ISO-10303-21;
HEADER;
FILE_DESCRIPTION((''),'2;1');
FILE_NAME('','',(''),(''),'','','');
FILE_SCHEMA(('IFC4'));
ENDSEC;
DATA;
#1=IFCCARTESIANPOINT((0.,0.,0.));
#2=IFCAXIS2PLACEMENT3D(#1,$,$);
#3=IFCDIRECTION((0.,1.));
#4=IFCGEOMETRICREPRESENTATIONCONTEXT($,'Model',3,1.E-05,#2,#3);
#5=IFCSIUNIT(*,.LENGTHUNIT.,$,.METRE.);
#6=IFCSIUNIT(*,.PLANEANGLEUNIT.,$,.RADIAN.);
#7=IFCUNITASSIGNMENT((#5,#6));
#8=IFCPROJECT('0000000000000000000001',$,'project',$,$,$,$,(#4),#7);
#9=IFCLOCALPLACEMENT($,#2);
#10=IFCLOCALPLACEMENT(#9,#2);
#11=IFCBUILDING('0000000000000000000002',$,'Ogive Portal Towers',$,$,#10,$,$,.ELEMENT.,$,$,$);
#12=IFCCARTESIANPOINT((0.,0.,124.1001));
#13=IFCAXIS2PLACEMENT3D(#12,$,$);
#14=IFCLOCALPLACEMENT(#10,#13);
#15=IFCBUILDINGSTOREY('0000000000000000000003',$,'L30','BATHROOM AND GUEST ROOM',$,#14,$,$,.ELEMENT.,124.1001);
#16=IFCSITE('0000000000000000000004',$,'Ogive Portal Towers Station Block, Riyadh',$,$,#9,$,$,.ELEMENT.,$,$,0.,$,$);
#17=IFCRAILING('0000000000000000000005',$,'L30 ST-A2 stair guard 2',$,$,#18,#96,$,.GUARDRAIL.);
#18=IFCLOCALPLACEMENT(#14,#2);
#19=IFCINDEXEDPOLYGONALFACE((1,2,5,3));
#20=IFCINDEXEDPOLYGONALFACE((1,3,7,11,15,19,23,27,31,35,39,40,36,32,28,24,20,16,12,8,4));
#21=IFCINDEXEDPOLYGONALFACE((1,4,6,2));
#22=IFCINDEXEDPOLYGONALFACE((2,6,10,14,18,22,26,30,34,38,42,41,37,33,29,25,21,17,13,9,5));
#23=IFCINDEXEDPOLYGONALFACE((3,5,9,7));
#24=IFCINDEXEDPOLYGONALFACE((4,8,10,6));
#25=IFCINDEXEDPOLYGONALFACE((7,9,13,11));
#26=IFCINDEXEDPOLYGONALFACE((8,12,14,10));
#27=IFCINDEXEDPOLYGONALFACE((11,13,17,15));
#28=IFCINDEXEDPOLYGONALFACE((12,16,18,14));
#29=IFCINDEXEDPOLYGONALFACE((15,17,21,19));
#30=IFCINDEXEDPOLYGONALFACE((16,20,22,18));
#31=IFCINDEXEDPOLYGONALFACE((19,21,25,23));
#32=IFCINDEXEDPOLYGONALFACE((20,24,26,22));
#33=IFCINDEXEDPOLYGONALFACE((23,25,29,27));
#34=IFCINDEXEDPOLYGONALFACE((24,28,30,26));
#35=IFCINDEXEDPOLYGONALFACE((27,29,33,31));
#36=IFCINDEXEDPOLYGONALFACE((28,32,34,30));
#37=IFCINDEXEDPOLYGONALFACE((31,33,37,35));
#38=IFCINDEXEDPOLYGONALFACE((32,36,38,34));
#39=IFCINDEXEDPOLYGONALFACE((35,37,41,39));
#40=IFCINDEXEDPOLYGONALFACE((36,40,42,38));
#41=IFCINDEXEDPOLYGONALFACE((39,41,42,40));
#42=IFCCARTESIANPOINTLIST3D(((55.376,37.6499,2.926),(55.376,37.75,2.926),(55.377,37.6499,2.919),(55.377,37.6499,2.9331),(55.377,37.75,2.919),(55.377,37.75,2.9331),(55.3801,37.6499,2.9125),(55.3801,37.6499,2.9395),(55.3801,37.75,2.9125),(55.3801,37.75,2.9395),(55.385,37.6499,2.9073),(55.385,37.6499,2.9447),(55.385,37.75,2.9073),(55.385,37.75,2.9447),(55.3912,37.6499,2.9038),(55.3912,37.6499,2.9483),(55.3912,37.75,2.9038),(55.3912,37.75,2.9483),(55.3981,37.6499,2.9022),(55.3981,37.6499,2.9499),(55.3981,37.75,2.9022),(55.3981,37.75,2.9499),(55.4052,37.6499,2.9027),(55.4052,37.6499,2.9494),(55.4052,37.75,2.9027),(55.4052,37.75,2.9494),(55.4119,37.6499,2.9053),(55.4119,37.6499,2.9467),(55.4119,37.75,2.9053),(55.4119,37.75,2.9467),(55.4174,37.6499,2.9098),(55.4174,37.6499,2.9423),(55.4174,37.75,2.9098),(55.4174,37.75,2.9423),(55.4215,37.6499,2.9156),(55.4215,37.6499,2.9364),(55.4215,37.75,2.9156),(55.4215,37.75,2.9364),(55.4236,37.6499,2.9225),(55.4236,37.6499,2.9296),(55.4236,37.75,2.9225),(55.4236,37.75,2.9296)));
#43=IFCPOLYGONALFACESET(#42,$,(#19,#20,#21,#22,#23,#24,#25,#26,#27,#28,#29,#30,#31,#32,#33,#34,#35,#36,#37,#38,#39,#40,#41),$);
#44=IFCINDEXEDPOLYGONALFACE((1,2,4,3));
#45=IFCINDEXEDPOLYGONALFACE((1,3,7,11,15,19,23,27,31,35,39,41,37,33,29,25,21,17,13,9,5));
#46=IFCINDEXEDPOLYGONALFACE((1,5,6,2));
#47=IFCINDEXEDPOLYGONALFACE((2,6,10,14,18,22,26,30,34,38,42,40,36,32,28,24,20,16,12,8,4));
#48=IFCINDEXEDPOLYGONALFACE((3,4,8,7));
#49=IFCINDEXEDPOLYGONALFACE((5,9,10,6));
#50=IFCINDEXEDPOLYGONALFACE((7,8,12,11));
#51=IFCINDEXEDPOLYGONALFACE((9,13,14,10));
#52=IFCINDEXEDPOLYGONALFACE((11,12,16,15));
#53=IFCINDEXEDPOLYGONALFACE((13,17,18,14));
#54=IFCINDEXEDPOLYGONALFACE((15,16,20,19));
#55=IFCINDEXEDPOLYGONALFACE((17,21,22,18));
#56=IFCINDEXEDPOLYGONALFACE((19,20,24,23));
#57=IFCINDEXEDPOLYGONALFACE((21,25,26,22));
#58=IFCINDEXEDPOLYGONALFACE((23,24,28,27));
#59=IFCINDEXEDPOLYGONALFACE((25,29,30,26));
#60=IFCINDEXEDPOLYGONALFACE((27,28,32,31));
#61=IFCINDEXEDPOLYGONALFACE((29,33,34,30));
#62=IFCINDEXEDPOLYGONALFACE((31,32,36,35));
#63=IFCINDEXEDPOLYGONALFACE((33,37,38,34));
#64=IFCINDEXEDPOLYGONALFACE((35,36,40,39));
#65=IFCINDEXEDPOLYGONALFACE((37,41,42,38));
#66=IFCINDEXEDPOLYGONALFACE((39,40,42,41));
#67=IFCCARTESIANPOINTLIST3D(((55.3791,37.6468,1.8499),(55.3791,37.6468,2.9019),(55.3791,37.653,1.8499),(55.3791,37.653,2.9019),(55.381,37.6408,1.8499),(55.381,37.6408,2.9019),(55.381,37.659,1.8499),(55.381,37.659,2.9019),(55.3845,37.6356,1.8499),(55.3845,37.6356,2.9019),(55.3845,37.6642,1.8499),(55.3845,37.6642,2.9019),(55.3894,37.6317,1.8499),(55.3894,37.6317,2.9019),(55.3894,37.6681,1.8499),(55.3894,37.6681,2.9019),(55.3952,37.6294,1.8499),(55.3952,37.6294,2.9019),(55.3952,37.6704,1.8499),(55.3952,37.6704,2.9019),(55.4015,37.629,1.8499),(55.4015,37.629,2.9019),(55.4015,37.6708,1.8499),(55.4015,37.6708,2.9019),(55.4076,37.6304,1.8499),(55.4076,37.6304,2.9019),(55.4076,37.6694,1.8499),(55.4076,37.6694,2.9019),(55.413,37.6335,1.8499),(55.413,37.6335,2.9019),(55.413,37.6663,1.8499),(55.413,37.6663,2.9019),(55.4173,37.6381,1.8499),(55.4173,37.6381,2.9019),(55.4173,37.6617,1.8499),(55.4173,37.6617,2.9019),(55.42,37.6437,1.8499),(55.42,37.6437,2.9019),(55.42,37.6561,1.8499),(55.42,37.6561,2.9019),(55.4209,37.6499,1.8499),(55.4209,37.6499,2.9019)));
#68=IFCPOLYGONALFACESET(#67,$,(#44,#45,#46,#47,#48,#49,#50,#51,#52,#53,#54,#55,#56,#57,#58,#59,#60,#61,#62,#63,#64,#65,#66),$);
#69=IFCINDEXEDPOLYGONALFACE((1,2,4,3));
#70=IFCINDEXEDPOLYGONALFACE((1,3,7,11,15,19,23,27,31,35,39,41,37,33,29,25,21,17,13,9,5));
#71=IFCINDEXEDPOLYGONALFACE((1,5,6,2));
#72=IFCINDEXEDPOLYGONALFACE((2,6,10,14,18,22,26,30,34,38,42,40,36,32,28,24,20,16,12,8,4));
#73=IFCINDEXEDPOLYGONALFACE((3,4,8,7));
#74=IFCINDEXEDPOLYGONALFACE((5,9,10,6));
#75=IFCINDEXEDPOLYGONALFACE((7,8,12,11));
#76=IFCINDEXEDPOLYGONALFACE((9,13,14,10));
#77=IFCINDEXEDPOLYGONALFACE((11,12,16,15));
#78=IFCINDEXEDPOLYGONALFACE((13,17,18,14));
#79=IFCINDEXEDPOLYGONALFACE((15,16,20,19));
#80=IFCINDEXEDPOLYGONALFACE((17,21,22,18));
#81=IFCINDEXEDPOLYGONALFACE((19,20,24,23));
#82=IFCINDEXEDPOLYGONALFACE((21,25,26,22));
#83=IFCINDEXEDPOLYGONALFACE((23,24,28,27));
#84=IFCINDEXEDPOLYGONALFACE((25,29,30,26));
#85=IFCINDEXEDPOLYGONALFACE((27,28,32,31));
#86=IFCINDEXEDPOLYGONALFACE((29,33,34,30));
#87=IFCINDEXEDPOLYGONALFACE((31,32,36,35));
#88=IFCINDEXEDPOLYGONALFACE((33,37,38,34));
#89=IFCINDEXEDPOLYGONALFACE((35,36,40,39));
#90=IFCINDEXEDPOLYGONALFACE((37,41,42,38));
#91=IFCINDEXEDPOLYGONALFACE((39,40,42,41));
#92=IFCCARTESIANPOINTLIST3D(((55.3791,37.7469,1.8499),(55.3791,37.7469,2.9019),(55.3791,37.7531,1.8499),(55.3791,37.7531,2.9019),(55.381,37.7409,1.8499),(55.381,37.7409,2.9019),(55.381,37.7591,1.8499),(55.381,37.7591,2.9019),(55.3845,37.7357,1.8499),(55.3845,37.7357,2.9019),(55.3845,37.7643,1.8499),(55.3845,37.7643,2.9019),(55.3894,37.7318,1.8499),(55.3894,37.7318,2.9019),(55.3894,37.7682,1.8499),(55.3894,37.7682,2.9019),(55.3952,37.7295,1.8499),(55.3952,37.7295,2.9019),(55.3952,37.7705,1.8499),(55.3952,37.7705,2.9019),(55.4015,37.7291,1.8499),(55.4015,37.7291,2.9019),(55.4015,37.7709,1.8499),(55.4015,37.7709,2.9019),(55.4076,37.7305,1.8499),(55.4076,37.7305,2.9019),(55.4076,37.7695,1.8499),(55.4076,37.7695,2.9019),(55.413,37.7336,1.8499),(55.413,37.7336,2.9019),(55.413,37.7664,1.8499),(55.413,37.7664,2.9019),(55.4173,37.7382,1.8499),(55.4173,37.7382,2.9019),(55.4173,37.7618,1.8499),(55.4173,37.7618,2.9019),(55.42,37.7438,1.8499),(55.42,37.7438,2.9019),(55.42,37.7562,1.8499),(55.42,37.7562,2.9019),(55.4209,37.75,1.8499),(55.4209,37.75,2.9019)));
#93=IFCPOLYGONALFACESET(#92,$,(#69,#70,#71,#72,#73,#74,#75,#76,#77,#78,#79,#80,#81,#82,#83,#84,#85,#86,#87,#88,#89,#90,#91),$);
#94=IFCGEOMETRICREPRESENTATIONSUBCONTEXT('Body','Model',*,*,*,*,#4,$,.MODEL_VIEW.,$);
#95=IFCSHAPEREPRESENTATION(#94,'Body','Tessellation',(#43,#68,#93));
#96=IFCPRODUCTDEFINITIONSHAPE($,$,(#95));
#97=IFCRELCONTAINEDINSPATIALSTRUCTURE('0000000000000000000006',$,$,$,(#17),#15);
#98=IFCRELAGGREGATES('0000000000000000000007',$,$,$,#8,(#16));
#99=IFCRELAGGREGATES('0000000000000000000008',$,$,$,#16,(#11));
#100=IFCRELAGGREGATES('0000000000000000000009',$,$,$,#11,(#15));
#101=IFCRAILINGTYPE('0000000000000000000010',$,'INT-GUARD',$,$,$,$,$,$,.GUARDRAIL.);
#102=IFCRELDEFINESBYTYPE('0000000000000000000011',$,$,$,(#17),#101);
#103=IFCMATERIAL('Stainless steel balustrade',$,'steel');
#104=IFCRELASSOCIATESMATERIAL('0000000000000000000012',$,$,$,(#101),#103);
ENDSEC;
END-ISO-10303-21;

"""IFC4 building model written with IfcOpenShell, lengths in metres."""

from ifc_helpers import new_model, si_unit, direction, frame, origin, origin_2d, place, context, subcontext, project, spatial, circle, extrude, material, type_object, element, save


model = new_model("IFC4")

# Units and contexts
model_context = context("Model", 3, precision=1e-05, world=origin(), true_north=direction((0.0, 1.0)))
body_context = subcontext(model_context, "Body", "Model", "MODEL_VIEW")
ifc_project = project(units=[si_unit("LENGTHUNIT", "METRE"), si_unit("PLANEANGLEUNIT", "RADIAN")], contexts=[model_context])

# Site, building, storey
site_placement = place(None, origin())
site = spatial("IfcSite", under=ifc_project, at=site_placement, Name="Ogive Portal Towers Station Block, Riyadh", CompositionType="ELEMENT", RefElevation=0.0)
building_placement = place(site_placement, origin())
building = spatial("IfcBuilding", under=site, at=building_placement, Name="Ogive Portal Towers", CompositionType="ELEMENT")
storey_placement = place(building_placement, frame((0.0, 0.0, 124.1001)))
storey = spatial("IfcBuildingStorey", under=building, at=storey_placement, Name="L30", Description="BATHROOM AND GUEST ROOM", CompositionType="ELEMENT", Elevation=124.1001)

# Railing
ifc_material_1 = material(Name="Stainless steel balustrade", Category="steel")
railing_type_1 = type_object("IfcRailingType", Name="INT-GUARD", PredefinedType="GUARDRAIL", material=ifc_material_1)
railing_1_placement = place(storey_placement, frame((55.3999, 37.6499, 1.8499)))
element("IfcRailing", 1, at=railing_1_placement, inside=storey, type_object=railing_type_1, Name="L30 ST-A2 stair guard 2", PredefinedType="GUARDRAIL", context=body_context, shape_type="SweptSolid", body=[
    extrude(circle(Radius=0.0239, at=origin_2d()), frame((0.0, 0.0, 1.0762), z_axis=(0.0, 1.0, 0.0), x_axis=(-1.0, 0.0, 0.0)), (0.0, 0.0, 1.0), 0.1001),
    extrude(circle(Radius=0.021, at=origin_2d()), origin(), (0.0, 0.0, 1.0), 1.052),
    extrude(circle(Radius=0.021, at=origin_2d()), frame((0.0, 0.1001, 0.0)), (0.0, 0.0, 1.0), 1.052),
])

save(model, "model.ifc")
